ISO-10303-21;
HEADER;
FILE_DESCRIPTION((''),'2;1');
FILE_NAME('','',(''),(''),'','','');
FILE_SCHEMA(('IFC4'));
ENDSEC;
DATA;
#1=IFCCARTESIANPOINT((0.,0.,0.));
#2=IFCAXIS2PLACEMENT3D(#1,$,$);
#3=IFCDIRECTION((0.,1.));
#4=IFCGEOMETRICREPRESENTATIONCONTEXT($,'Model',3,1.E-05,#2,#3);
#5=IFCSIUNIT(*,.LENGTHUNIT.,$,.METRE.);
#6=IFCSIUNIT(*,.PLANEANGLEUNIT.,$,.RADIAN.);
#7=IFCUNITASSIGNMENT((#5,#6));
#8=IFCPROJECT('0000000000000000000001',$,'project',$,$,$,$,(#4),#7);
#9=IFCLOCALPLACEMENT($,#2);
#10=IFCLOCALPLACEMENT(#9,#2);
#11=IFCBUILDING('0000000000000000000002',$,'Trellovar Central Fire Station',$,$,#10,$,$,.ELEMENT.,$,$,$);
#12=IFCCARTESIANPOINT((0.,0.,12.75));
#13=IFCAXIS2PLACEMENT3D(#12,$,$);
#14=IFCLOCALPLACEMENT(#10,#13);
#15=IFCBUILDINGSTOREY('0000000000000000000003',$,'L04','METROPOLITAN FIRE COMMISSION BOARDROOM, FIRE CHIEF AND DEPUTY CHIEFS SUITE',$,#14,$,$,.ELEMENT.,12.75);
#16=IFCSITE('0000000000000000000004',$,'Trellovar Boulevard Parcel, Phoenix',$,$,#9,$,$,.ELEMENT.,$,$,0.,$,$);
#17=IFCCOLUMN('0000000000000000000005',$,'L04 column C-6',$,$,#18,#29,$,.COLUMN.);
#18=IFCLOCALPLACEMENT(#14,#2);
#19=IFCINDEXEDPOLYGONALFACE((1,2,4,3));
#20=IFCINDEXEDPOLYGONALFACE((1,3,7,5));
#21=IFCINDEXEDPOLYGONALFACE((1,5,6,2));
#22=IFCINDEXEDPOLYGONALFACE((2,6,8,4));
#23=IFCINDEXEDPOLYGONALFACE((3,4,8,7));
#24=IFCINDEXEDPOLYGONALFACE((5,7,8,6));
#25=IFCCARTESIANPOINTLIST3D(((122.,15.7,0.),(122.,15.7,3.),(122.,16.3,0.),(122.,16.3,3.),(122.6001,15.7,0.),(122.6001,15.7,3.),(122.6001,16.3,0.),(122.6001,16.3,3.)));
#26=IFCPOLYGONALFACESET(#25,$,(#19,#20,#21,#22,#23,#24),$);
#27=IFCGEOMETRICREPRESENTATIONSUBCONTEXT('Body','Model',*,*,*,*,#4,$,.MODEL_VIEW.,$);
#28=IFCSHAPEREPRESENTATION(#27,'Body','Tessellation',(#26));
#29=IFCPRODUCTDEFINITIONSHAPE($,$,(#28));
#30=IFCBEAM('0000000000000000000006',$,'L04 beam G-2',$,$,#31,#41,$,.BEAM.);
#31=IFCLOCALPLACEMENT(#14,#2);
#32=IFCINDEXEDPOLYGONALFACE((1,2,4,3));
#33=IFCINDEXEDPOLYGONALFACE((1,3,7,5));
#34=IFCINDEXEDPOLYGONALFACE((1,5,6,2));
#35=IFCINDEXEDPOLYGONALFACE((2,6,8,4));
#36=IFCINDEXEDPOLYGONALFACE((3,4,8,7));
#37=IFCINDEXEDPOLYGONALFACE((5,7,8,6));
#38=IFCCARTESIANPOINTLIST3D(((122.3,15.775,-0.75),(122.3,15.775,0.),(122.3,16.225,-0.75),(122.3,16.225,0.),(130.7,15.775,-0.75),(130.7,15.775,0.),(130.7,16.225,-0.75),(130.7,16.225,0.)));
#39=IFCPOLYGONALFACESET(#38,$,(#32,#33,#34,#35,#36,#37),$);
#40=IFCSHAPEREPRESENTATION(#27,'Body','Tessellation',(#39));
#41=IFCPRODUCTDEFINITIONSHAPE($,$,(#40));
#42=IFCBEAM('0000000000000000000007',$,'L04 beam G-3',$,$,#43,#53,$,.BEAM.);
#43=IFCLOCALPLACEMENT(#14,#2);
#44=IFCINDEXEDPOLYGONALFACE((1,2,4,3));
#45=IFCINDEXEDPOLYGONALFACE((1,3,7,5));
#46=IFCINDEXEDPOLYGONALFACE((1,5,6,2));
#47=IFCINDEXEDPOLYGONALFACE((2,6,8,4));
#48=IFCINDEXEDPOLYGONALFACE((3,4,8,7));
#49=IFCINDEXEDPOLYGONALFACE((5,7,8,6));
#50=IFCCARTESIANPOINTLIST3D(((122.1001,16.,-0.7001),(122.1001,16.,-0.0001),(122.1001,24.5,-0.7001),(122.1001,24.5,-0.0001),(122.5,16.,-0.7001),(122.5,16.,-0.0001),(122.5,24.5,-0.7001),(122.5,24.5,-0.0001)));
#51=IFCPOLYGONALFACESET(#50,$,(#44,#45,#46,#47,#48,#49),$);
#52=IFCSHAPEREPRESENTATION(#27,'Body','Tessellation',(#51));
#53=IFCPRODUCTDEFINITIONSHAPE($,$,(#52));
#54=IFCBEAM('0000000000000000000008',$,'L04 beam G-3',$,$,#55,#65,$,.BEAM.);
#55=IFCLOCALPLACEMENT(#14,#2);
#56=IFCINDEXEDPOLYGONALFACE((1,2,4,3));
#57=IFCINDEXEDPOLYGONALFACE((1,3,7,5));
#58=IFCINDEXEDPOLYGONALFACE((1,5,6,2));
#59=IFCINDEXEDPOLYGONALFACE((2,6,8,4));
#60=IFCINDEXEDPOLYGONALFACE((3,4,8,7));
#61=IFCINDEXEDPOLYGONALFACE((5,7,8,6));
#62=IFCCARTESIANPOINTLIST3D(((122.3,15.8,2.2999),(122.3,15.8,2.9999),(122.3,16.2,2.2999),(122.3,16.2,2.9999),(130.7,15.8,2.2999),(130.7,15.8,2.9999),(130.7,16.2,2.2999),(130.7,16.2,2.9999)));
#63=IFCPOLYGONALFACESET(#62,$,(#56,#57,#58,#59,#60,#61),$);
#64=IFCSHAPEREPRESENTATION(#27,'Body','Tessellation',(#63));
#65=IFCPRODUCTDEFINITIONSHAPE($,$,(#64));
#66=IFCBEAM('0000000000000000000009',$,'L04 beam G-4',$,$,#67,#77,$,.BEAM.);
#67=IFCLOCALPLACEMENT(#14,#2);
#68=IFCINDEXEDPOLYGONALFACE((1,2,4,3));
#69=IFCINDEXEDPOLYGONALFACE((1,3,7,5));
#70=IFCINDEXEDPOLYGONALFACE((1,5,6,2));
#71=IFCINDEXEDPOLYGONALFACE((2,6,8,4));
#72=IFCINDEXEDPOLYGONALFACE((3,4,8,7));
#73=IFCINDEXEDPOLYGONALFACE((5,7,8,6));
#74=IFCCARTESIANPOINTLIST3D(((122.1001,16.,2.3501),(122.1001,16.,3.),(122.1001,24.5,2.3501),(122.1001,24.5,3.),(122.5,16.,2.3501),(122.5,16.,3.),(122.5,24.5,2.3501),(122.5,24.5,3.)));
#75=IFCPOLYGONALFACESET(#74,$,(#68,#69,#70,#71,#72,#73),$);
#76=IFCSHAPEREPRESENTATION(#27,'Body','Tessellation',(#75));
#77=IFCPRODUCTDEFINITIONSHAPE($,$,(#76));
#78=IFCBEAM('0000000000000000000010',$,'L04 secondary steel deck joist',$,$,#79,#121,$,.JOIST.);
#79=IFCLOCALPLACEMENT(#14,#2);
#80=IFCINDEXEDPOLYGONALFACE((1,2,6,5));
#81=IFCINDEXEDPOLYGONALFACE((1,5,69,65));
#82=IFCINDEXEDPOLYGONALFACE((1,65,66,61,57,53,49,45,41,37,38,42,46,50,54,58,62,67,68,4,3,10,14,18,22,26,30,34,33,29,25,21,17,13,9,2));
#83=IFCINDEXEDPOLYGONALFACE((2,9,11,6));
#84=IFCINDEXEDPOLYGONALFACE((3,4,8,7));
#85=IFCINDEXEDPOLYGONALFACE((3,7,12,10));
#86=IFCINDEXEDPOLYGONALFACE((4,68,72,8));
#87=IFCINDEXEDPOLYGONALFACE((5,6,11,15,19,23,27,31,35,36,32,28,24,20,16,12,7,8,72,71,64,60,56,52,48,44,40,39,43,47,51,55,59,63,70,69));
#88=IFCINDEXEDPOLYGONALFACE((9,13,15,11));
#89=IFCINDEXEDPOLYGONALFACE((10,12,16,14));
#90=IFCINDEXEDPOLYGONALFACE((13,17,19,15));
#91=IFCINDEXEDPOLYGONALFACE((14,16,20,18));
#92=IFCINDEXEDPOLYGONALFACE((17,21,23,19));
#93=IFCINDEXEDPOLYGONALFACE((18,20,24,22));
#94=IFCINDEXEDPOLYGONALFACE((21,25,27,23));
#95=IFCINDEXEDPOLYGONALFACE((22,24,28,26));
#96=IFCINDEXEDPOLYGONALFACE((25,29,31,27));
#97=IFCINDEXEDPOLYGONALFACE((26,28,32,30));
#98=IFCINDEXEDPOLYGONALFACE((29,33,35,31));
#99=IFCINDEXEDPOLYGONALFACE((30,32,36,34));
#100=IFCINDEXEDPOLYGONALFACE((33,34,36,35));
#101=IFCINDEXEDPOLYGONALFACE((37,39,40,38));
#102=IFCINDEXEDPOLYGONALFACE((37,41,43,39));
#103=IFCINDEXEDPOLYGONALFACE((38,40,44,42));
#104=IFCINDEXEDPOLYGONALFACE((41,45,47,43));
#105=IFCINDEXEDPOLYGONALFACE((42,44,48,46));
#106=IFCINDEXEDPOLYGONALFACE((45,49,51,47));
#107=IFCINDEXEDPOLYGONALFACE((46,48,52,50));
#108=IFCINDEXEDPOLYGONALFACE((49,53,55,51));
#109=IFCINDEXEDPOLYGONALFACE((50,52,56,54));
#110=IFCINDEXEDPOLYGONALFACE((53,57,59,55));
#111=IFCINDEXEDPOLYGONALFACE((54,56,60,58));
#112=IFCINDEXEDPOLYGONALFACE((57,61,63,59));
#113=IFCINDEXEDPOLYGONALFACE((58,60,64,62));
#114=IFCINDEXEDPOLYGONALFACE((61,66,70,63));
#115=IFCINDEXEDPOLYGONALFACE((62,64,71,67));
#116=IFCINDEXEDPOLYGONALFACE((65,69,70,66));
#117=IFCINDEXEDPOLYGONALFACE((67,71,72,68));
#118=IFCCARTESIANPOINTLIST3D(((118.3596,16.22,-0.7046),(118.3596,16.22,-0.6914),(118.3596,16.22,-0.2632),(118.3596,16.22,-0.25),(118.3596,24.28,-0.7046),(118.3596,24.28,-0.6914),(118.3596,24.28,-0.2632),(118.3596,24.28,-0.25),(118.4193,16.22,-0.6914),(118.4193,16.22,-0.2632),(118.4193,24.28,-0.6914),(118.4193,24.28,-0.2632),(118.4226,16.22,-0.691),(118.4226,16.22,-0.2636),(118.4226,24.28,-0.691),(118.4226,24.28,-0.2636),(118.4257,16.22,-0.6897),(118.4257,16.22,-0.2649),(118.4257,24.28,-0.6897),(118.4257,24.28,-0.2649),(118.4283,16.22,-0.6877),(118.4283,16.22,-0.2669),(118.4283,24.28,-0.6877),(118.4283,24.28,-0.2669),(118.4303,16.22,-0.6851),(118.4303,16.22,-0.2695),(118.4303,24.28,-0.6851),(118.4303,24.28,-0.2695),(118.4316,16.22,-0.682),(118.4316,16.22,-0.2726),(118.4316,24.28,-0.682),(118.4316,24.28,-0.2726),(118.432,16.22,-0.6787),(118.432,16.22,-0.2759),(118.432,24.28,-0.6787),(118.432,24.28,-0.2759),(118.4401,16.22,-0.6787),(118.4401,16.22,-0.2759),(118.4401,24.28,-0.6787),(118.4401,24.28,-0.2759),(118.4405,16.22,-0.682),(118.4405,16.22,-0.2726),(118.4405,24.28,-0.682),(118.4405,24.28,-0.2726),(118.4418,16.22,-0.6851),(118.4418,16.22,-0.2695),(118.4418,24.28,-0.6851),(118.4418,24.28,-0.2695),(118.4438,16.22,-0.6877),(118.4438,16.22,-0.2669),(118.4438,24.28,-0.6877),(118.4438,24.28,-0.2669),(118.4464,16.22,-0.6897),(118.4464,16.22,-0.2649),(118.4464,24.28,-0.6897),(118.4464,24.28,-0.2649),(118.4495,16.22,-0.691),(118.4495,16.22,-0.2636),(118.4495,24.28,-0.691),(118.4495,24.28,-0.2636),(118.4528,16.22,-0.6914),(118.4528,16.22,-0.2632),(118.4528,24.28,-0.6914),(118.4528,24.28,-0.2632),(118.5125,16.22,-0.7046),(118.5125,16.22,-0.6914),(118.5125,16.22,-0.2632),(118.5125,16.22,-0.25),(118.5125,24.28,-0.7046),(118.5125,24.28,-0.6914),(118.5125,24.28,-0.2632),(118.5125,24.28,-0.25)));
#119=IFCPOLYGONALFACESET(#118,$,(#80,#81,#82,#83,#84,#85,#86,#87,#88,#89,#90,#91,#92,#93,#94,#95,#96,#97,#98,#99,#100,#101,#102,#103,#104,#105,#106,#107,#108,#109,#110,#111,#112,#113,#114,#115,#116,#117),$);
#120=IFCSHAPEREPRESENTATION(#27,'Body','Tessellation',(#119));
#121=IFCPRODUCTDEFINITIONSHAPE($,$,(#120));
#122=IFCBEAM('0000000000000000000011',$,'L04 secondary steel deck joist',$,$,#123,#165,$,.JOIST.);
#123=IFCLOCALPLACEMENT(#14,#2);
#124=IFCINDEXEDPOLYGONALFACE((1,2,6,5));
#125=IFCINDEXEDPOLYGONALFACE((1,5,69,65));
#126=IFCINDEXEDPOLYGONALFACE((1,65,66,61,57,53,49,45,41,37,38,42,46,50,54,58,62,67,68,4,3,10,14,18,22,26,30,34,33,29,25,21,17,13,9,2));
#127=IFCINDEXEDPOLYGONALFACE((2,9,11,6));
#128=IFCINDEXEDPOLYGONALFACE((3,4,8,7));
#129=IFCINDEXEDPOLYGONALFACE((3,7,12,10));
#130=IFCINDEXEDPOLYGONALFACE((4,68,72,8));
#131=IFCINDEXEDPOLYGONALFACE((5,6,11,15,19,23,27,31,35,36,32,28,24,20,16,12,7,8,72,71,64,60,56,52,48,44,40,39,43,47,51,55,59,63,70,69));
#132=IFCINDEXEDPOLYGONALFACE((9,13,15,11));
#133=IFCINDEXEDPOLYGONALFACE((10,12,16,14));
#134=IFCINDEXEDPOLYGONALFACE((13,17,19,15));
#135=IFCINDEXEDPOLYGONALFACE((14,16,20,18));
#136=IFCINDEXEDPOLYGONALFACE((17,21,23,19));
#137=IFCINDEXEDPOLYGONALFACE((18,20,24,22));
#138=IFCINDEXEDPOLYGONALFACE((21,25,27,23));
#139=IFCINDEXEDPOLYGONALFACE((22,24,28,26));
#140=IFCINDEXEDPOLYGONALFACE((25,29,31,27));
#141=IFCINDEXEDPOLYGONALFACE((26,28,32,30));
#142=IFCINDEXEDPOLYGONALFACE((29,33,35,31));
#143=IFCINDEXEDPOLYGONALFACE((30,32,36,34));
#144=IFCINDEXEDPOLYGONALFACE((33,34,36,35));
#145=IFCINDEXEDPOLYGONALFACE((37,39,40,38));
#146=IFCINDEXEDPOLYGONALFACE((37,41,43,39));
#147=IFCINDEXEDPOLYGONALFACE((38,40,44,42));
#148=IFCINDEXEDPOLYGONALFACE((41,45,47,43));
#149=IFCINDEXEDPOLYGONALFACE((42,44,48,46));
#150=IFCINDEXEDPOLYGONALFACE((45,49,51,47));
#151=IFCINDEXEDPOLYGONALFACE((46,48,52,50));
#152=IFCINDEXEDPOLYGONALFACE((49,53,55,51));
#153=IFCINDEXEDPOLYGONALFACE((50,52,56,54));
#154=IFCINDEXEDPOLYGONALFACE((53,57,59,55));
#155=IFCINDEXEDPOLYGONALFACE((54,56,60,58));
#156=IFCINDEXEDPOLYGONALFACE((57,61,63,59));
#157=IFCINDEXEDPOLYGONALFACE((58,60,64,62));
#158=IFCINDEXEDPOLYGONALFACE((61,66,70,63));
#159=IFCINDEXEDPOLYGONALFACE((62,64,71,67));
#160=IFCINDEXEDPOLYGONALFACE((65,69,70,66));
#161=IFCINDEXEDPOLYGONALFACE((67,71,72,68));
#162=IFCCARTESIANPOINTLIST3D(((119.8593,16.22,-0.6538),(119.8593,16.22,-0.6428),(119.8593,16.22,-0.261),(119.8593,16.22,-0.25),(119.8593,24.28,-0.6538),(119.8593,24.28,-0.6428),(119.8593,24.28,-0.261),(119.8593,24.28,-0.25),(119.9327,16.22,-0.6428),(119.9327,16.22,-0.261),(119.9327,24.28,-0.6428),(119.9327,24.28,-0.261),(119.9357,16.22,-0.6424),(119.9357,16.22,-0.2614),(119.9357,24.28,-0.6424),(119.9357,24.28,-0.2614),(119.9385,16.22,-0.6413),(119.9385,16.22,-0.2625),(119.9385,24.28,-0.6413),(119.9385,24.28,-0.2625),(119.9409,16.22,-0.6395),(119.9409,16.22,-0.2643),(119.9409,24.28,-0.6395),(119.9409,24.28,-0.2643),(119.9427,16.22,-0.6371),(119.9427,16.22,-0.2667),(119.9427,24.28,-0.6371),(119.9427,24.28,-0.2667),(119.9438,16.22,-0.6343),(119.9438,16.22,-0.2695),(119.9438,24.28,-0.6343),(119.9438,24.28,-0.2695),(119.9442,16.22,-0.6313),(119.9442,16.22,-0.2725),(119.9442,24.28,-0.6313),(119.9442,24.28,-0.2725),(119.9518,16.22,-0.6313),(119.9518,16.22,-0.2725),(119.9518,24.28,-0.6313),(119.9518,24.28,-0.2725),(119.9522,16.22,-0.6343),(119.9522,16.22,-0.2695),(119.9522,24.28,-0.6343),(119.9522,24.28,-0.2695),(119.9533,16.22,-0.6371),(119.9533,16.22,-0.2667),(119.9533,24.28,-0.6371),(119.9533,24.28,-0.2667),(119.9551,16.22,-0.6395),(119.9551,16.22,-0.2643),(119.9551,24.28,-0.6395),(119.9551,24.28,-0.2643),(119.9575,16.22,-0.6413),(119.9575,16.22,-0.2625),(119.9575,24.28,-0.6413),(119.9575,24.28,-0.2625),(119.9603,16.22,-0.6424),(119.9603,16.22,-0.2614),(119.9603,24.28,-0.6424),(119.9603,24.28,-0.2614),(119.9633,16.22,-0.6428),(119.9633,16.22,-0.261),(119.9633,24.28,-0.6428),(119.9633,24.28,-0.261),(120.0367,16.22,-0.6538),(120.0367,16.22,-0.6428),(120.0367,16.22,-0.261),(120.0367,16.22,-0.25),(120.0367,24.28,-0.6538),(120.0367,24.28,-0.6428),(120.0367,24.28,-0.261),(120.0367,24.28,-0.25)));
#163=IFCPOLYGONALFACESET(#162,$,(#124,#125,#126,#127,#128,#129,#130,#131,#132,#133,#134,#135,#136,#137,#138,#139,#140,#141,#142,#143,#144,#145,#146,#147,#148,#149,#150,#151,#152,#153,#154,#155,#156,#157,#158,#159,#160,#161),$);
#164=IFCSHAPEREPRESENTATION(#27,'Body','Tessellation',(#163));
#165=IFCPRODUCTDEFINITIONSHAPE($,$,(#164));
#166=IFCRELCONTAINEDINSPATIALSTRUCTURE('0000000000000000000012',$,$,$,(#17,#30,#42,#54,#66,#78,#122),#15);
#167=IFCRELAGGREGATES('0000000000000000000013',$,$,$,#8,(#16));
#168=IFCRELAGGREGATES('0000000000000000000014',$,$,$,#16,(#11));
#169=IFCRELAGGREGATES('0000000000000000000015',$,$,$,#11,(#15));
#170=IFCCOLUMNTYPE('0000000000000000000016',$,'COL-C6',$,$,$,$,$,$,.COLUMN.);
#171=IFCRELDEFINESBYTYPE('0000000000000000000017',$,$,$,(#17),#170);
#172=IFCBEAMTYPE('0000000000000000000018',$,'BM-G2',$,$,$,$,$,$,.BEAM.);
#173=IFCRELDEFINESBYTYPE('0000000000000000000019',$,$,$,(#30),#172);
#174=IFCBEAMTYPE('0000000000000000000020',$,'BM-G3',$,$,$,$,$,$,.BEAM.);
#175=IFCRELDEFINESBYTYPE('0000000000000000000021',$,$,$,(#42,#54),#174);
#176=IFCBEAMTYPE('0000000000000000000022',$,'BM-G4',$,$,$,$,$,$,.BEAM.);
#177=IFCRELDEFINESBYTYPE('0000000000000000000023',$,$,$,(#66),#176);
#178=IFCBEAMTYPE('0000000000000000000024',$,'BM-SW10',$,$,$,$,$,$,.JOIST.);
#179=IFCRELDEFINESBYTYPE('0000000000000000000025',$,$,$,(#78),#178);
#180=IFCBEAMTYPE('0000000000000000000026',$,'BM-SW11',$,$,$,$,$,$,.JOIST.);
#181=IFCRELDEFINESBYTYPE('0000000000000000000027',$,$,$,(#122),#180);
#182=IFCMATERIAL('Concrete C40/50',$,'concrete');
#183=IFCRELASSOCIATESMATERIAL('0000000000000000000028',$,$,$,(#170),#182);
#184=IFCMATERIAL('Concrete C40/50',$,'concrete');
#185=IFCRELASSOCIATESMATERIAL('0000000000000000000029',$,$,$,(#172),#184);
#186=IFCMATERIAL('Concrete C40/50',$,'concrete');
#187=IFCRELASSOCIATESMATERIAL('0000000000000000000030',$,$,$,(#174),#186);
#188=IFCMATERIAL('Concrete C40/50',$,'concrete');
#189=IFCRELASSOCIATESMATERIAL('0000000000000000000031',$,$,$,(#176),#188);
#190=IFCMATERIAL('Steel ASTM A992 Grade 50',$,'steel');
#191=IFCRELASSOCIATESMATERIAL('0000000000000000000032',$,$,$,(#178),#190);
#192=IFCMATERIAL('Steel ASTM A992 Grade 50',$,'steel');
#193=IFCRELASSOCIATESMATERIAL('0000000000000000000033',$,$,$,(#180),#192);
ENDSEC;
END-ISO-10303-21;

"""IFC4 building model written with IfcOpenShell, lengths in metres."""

from ifc_helpers import new_model, si_unit, direction, frame, origin, origin_2d, place, context, subcontext, project, spatial, rectangle, i_section, extrude, material, material_profile, profile_set, type_object, element, save


model = new_model("IFC4")

# Units and contexts
model_context = context("Model", 3, precision=1e-05, world=origin(), true_north=direction((0.0, 1.0)))
body_context = subcontext(model_context, "Body", "Model", "MODEL_VIEW")
ifc_project = project(units=[si_unit("LENGTHUNIT", "METRE"), si_unit("PLANEANGLEUNIT", "RADIAN")], contexts=[model_context])

# Site, building, storey
site_placement = place(None, origin())
site = spatial("IfcSite", under=ifc_project, at=site_placement, Name="Trellovar Boulevard Parcel, Phoenix", CompositionType="ELEMENT", RefElevation=0.0)
building_placement = place(site_placement, origin())
building = spatial("IfcBuilding", under=site, at=building_placement, Name="Trellovar Central Fire Station", CompositionType="ELEMENT")
storey_placement = place(building_placement, frame((0.0, 0.0, 12.75)))
storey = spatial("IfcBuildingStorey", under=building, at=storey_placement, Name="L04", Description="METROPOLITAN FIRE COMMISSION BOARDROOM, FIRE CHIEF AND DEPUTY CHIEFS SUITE", CompositionType="ELEMENT", Elevation=12.75)

# Column
ifc_material_1 = material(Name="Concrete C40/50", Category="concrete")
ifc_material_profile_1 = material_profile(ifc_material_1, rectangle(XDim=0.6001, YDim=0.6001, at=origin_2d()), Name="RC600X600")
ifc_profile_set_1 = profile_set([ifc_material_profile_1], Name="Concrete C40/50")
column_type = type_object("IfcColumnType", Name="COL-C6", PredefinedType="COLUMN", material=ifc_profile_set_1)
column_placement = place(storey_placement, frame((122.3, 16.0, 0.0), z_axis=(0.0, 0.0, 1.0), x_axis=(1.0, 0.0, 0.0)))
element("IfcColumn", 1, at=column_placement, inside=storey, type_object=column_type, Name="L04 column C-6", PredefinedType="COLUMN", context=body_context, shape_type="SweptSolid", body=[
    extrude(rectangle(XDim=0.6001, YDim=0.6001, at=origin_2d()), origin(), (0.0, 0.0, 1.0), 3.0),
])

# Beams
ifc_material_2 = material(Name="Concrete C40/50", Category="concrete")
ifc_material_profile_2 = material_profile(ifc_material_2, rectangle(XDim=0.45, YDim=0.75, at=origin_2d()), Name="RC450X750")
ifc_profile_set_2 = profile_set([ifc_material_profile_2], Name="Concrete C40/50")
beam_type_1 = type_object("IfcBeamType", Name="BM-G2", PredefinedType="BEAM", material=ifc_profile_set_2)
beam_1_placement = place(storey_placement, frame((122.3, 16.0, -0.375), z_axis=(1.0, 0.0, 0.0), x_axis=(0.0, 1.0, 0.0)))
element("IfcBeam", 2, at=beam_1_placement, inside=storey, type_object=beam_type_1, Name="L04 beam G-2", PredefinedType="BEAM", context=body_context, shape_type="SweptSolid", body=[
    extrude(rectangle(XDim=0.45, YDim=0.75, at=origin_2d()), origin(), (0.0, 0.0, 1.0), 8.3999),
])
ifc_material_3 = material(Name="Concrete C40/50", Category="concrete")
ifc_material_profile_3 = material_profile(ifc_material_3, rectangle(XDim=0.3999, YDim=0.7, at=origin_2d()), Name="RC400X700")
ifc_profile_set_3 = profile_set([ifc_material_profile_3], Name="Concrete C40/50")
beam_type_2 = type_object("IfcBeamType", Name="BM-G3", PredefinedType="BEAM", material=ifc_profile_set_3)
beam_2_placement = place(storey_placement, frame((122.3, 16.0, -0.3501), z_axis=(0.0, 1.0, 0.0), x_axis=(-1.0, 0.0, 0.0)))
element("IfcBeam", 3, at=beam_2_placement, inside=storey, type_object=beam_type_2, Name="L04 beam G-3", PredefinedType="BEAM", context=body_context, shape_type="SweptSolid", body=[
    extrude(rectangle(XDim=0.3999, YDim=0.7, at=origin_2d()), origin(), (0.0, 0.0, 1.0), 8.5),
])
beam_3_placement = place(storey_placement, frame((122.3, 16.0, 2.6499), z_axis=(1.0, 0.0, 0.0), x_axis=(0.0, 1.0, 0.0)))
element("IfcBeam", 4, at=beam_3_placement, inside=storey, type_object=beam_type_2, Name="L04 beam G-3", PredefinedType="BEAM", context=body_context, shape_type="SweptSolid", body=[
    extrude(rectangle(XDim=0.3999, YDim=0.7, at=origin_2d()), origin(), (0.0, 0.0, 1.0), 8.3999),
])
ifc_material_4 = material(Name="Concrete C40/50", Category="concrete")
ifc_material_profile_4 = material_profile(ifc_material_4, rectangle(XDim=0.3999, YDim=0.6499, at=origin_2d()), Name="RC400X650")
ifc_profile_set_4 = profile_set([ifc_material_profile_4], Name="Concrete C40/50")
beam_type_3 = type_object("IfcBeamType", Name="BM-G4", PredefinedType="BEAM", material=ifc_profile_set_4)
beam_4_placement = place(storey_placement, frame((122.3, 16.0, 2.675), z_axis=(0.0, 1.0, 0.0), x_axis=(-1.0, 0.0, 0.0)))
element("IfcBeam", 5, at=beam_4_placement, inside=storey, type_object=beam_type_3, Name="L04 beam G-4", PredefinedType="BEAM", context=body_context, shape_type="SweptSolid", body=[
    extrude(rectangle(XDim=0.3999, YDim=0.6499, at=origin_2d()), origin(), (0.0, 0.0, 1.0), 8.5),
])
ifc_material_5 = material(Name="Steel ASTM A992 Grade 50", Category="steel")
ifc_material_profile_5 = material_profile(ifc_material_5, i_section(OverallWidth=0.1528, OverallDepth=0.4546, WebThickness=0.0081, FlangeThickness=0.0132, FilletRadius=0.0127, at=origin_2d()), Name="W18X40")
ifc_profile_set_5 = profile_set([ifc_material_profile_5], Name="Steel ASTM A992 Grade 50")
beam_type_4 = type_object("IfcBeamType", Name="BM-SW10", PredefinedType="JOIST", material=ifc_profile_set_5)
beam_5_placement = place(storey_placement, frame((118.436, 16.22, -0.4773), z_axis=(0.0, 1.0, 0.0), x_axis=(-1.0, 0.0, 0.0)))
element("IfcBeam", 6, at=beam_5_placement, inside=storey, type_object=beam_type_4, Name="L04 secondary steel deck joist", PredefinedType="JOIST", context=body_context, shape_type="SweptSolid", body=[
    extrude(i_section(OverallWidth=0.1528, OverallDepth=0.4546, WebThickness=0.0081, FlangeThickness=0.0132, FilletRadius=0.0127, at=origin_2d()), origin(), (0.0, 0.0, 1.0), 8.0601),
])
ifc_material_6 = material(Name="Steel ASTM A992 Grade 50", Category="steel")
ifc_material_profile_6 = material_profile(ifc_material_6, i_section(OverallWidth=0.1775, OverallDepth=0.4038, WebThickness=0.0076, FlangeThickness=0.011, FilletRadius=0.0115, at=origin_2d()), Name="W16X36")
ifc_profile_set_6 = profile_set([ifc_material_profile_6], Name="Steel ASTM A992 Grade 50")
beam_type_5 = type_object("IfcBeamType", Name="BM-SW11", PredefinedType="JOIST", material=ifc_profile_set_6)
beam_6_placement = place(storey_placement, frame((119.948, 16.22, -0.4519), z_axis=(0.0, 1.0, 0.0), x_axis=(-1.0, 0.0, 0.0)))
element("IfcBeam", 7, at=beam_6_placement, inside=storey, type_object=beam_type_5, Name="L04 secondary steel deck joist", PredefinedType="JOIST", context=body_context, shape_type="SweptSolid", body=[
    extrude(i_section(OverallWidth=0.1775, OverallDepth=0.4038, WebThickness=0.0076, FlangeThickness=0.011, FilletRadius=0.0115, at=origin_2d()), origin(), (0.0, 0.0, 1.0), 8.0601),
])

save(model, "model.ifc")
